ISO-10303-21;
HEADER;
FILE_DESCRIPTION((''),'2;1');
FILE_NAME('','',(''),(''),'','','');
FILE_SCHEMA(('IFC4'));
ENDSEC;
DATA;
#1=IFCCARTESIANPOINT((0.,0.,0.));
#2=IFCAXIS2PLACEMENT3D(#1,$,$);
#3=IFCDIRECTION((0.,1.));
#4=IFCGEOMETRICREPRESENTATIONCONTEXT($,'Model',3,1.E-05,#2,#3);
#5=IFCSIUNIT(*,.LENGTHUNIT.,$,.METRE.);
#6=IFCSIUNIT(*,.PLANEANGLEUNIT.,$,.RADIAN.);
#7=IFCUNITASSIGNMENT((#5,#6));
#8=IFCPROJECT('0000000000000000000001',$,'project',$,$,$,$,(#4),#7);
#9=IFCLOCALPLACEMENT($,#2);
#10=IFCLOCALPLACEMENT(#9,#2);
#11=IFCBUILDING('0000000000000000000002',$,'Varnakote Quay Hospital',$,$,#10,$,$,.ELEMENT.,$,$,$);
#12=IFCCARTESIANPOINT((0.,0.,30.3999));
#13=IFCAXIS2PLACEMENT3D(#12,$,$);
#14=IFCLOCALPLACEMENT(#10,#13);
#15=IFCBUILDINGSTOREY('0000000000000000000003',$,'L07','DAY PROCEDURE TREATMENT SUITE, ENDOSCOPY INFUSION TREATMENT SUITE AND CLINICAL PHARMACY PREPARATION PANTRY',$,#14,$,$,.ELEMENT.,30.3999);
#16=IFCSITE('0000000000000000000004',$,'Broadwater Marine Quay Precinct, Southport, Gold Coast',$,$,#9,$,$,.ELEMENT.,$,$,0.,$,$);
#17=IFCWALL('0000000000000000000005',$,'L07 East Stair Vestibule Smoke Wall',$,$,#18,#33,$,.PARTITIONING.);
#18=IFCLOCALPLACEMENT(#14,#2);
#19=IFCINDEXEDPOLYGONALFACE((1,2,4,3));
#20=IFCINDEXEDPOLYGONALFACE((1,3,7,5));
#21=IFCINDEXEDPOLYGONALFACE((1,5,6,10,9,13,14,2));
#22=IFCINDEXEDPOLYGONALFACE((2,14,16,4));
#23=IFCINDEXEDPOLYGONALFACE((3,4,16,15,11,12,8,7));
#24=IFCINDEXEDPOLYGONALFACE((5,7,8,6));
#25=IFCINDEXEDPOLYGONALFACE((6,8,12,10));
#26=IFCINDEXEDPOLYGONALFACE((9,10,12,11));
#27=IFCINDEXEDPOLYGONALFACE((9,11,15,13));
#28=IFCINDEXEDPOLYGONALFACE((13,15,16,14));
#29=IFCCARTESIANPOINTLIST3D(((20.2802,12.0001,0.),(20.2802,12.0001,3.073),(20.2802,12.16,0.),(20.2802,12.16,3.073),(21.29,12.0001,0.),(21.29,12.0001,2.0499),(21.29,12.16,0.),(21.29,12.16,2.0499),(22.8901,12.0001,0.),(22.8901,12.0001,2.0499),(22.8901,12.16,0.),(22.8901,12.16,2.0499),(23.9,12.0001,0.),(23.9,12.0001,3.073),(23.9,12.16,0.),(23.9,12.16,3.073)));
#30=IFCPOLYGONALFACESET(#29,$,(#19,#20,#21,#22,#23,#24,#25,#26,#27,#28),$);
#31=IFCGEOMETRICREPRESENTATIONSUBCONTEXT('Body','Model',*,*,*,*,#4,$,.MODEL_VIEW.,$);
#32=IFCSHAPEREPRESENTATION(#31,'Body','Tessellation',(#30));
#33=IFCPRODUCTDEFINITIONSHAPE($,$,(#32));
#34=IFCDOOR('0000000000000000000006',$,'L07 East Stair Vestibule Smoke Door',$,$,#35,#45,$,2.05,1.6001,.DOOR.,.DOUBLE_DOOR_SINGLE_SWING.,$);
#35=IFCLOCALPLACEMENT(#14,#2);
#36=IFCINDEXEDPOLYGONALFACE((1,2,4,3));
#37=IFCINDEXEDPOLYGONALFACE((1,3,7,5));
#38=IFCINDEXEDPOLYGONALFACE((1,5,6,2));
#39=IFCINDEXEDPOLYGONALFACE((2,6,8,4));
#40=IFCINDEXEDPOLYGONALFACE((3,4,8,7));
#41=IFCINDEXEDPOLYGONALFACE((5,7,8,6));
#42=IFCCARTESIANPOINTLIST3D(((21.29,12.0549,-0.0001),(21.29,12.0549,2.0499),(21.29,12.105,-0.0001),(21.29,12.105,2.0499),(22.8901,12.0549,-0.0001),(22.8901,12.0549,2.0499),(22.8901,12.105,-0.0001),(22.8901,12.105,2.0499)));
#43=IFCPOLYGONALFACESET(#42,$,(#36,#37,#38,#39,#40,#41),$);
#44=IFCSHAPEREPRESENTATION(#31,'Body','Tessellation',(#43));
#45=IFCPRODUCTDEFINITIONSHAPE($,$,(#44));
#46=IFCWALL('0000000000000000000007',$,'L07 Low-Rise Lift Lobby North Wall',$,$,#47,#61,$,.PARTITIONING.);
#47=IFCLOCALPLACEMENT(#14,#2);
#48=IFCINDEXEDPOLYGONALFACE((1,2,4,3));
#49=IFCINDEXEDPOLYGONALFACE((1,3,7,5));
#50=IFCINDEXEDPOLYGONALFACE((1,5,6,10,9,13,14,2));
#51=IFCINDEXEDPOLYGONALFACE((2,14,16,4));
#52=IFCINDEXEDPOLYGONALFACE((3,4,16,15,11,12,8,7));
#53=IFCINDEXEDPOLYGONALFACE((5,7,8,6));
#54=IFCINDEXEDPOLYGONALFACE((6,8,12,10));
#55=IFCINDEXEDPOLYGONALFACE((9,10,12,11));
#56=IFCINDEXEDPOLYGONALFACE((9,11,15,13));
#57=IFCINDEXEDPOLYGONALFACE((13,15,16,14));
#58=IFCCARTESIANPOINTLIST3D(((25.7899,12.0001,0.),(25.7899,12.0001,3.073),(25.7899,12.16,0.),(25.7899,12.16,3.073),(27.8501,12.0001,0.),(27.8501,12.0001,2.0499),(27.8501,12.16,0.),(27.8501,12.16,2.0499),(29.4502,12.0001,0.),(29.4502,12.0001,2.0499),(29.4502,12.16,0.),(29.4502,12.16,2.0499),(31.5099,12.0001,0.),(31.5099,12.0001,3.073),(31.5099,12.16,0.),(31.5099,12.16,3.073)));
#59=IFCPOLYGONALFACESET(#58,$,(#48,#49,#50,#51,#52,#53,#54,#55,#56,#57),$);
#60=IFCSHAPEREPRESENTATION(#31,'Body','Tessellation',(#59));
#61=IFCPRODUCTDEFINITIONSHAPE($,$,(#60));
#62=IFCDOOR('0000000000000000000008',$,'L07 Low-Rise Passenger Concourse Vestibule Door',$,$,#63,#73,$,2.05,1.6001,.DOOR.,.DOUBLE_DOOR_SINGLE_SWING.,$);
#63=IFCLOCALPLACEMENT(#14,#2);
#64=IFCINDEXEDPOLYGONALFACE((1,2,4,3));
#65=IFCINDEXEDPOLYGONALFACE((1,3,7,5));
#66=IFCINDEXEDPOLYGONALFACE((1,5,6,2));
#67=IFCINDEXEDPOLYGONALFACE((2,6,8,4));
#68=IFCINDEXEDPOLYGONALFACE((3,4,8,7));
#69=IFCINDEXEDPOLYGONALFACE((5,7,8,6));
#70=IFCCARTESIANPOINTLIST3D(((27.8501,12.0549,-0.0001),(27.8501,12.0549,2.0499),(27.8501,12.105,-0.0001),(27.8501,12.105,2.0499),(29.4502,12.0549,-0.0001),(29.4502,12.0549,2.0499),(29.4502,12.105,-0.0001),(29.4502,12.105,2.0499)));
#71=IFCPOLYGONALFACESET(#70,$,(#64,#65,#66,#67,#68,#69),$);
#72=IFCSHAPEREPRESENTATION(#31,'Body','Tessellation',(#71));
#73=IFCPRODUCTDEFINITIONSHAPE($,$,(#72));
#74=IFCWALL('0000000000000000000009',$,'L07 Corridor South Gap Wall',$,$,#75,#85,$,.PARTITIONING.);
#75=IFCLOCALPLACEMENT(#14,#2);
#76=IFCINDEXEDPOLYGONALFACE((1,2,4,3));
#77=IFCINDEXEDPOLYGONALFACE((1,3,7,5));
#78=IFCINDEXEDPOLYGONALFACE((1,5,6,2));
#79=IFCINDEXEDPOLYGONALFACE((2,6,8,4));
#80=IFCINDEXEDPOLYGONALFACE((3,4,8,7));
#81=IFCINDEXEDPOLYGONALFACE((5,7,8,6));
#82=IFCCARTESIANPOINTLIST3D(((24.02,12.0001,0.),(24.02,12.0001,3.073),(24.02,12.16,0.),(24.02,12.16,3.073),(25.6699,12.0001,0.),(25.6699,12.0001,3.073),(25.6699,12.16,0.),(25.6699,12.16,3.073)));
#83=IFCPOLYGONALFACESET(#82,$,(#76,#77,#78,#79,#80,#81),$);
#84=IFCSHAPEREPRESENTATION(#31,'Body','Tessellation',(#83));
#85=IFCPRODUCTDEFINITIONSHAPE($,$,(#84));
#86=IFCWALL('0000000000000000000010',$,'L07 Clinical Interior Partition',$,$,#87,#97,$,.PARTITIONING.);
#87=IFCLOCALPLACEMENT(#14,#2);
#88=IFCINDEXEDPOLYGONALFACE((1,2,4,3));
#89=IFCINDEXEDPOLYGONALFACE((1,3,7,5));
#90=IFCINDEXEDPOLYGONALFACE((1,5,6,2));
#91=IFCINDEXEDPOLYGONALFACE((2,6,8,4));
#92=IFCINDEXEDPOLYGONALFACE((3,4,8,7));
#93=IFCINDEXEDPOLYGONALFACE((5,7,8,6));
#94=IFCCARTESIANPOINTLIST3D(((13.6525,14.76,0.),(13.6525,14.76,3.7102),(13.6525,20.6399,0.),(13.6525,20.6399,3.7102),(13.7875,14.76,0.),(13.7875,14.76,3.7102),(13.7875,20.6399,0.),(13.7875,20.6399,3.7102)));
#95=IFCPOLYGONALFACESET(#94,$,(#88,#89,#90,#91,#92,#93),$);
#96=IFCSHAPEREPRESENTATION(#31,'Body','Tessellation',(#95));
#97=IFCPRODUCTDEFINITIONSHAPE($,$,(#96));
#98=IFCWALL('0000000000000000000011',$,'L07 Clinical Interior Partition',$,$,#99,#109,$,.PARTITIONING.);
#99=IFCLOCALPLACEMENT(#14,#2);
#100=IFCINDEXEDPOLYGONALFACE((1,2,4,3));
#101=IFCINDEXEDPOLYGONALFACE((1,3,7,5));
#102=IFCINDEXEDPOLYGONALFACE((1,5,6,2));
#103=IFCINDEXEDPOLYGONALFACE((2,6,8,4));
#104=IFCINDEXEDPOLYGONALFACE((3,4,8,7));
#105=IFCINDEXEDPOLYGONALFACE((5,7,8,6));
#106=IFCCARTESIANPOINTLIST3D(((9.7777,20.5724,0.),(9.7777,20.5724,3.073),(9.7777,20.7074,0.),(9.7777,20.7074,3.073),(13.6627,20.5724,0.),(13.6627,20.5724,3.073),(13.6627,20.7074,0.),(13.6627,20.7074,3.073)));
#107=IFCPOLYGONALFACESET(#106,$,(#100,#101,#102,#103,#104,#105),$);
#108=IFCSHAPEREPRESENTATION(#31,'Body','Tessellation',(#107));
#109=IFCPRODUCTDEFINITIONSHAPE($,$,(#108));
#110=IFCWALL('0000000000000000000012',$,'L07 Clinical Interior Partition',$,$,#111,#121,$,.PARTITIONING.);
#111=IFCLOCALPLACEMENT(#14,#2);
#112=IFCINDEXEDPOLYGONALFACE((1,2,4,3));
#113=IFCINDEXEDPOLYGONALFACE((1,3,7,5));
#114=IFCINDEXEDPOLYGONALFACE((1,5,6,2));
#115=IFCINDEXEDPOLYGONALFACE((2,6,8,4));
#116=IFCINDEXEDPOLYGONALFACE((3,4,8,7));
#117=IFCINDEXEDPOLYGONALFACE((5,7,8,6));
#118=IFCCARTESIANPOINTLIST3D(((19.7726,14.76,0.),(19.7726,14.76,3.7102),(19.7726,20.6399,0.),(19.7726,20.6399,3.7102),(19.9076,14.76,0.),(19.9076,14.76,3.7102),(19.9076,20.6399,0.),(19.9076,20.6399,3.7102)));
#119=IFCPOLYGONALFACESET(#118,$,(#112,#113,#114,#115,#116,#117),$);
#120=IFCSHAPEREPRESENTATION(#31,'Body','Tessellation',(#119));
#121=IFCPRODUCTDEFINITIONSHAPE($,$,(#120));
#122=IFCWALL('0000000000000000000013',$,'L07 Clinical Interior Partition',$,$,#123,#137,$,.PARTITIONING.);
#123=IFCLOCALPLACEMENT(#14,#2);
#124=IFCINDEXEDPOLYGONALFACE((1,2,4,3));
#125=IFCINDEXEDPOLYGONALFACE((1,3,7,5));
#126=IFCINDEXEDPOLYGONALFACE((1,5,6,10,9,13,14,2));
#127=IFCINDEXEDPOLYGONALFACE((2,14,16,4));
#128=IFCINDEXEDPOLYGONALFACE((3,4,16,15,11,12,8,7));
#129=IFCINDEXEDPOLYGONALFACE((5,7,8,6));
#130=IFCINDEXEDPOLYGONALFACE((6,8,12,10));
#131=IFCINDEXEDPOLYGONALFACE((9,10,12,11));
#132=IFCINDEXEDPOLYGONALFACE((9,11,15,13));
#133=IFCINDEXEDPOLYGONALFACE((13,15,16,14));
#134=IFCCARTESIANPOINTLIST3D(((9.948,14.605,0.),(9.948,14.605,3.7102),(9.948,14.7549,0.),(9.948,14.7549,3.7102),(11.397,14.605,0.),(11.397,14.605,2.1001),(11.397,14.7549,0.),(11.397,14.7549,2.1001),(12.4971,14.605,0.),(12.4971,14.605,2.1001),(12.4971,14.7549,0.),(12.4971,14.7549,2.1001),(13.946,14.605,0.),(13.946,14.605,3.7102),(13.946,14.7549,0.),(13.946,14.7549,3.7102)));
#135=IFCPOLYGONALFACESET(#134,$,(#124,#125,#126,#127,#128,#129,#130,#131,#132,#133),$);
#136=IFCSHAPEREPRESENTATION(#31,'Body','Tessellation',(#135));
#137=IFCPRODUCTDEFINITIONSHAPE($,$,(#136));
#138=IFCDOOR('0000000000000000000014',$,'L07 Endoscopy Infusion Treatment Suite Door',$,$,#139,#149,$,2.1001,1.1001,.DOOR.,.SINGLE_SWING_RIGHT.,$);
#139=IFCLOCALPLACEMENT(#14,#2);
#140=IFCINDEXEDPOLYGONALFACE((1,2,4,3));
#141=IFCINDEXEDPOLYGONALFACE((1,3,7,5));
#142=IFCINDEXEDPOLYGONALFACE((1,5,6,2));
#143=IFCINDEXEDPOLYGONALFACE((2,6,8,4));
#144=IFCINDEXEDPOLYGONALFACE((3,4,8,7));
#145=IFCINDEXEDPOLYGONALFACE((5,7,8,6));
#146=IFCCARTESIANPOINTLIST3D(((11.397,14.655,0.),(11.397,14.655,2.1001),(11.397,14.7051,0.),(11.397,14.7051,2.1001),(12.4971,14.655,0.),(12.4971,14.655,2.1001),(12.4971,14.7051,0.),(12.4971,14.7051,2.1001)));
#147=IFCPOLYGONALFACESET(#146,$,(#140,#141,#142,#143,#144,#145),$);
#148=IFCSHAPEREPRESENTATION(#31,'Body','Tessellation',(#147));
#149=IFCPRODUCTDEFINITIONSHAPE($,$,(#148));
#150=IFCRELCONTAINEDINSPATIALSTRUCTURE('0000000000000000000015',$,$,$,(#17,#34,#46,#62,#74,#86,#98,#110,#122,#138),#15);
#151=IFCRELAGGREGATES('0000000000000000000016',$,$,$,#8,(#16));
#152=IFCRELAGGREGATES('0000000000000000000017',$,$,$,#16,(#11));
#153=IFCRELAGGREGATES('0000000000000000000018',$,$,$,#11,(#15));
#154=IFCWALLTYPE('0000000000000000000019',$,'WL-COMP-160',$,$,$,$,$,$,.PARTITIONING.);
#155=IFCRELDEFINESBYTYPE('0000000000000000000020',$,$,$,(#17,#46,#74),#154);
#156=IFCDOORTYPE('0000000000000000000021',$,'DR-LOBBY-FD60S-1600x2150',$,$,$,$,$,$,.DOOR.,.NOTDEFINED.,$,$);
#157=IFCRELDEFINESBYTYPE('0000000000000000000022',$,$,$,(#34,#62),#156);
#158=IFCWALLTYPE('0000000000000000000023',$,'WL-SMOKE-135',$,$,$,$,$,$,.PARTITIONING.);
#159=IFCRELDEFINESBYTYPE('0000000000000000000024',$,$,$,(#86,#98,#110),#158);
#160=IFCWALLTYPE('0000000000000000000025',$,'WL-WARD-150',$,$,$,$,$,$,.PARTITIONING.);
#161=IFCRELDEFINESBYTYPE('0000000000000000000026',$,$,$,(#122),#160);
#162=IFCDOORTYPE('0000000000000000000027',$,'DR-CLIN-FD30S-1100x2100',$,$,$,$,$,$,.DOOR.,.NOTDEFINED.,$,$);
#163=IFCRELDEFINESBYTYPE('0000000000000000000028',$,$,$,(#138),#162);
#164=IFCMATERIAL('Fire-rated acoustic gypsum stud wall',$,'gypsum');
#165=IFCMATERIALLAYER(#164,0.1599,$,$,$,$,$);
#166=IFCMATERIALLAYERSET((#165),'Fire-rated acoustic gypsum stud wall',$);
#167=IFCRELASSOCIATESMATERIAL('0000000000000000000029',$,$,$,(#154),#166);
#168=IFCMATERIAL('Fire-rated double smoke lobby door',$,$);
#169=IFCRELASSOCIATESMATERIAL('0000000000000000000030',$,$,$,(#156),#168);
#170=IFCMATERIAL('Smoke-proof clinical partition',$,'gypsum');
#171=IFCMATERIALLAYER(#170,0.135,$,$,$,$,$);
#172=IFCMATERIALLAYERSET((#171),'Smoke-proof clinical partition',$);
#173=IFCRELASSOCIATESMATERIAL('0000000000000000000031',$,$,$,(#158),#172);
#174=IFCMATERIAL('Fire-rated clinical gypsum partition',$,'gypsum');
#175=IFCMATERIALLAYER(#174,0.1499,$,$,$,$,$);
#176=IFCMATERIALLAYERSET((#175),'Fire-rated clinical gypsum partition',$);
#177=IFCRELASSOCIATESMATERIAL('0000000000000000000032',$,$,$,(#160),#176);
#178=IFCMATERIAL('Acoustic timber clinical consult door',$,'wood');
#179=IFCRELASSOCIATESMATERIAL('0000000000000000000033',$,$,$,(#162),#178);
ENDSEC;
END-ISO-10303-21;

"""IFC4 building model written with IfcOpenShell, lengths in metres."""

from ifc_helpers import new_model, si_unit, direction, frame, frame_2d, origin, place, context, subcontext, project, spatial, rectangle, extrude, material, layer, layer_set, type_object, element, fill, save


model = new_model("IFC4")

# Units and contexts
model_context = context("Model", 3, precision=1e-05, world=origin(), true_north=direction((0.0, 1.0)))
body_context = subcontext(model_context, "Body", "Model", "MODEL_VIEW")
ifc_project = project(units=[si_unit("LENGTHUNIT", "METRE"), si_unit("PLANEANGLEUNIT", "RADIAN")], contexts=[model_context])

# Site, building, storey
site_placement = place(None, origin())
site = spatial("IfcSite", under=ifc_project, at=site_placement, Name="Broadwater Marine Quay Precinct, Southport, Gold Coast", CompositionType="ELEMENT", RefElevation=0.0)
building_placement = place(site_placement, origin())
building = spatial("IfcBuilding", under=site, at=building_placement, Name="Varnakote Quay Hospital", CompositionType="ELEMENT")
storey_placement = place(building_placement, frame((0.0, 0.0, 30.3999)))
storey = spatial("IfcBuildingStorey", under=building, at=storey_placement, Name="L07", Description="DAY PROCEDURE TREATMENT SUITE, ENDOSCOPY INFUSION TREATMENT SUITE AND CLINICAL PHARMACY PREPARATION PANTRY", CompositionType="ELEMENT", Elevation=30.3999)

# Walls, openings, doors
ifc_material_1 = material(Name="Fire-rated acoustic gypsum stud wall", Category="gypsum")
ifc_layer_1 = layer(ifc_material_1, 0.1599)
ifc_layer_set_1 = layer_set([ifc_layer_1], Name="Fire-rated acoustic gypsum stud wall")
wall_type_1 = type_object("IfcWallType", Name="WL-COMP-160", PredefinedType="PARTITIONING", material=ifc_layer_set_1)
wall_1_placement = place(storey_placement, frame((20.28, 12.0801, 0.0), z_axis=(0.0, 0.0, 1.0), x_axis=(1.0, 0.0, 0.0)))
wall_1 = element("IfcWall", 1, at=wall_1_placement, inside=storey, type_object=wall_type_1, Name="L07 East Stair Vestibule Smoke Wall", PredefinedType="PARTITIONING", context=body_context, shape_type="SweptSolid", body=[
    extrude(rectangle(XDim=3.6199, YDim=0.1599, at=frame_2d((1.8101, 0.0))), origin(), (0.0, 0.0, 1.0), 3.073),
])
opening_1_placement = place(wall_1_placement, frame((1.01, 0.0, 0.0)))
opening_1 = element("IfcOpeningElement", 2, at=opening_1_placement, cuts=wall_1, PredefinedType="OPENING", context=body_context, shape_type="SweptSolid", body=[
    extrude(rectangle(XDim=1.6001, YDim=2.05, at=frame_2d((0.8, 1.0249))), frame((0.0, 0.0898, 0.0), z_axis=(0.0, -1.0, 0.0), x_axis=(1.0, 0.0, 0.0)), (0.0, 0.0, 1.0), 0.1799),
])
ifc_material_2 = material(Name="Fire-rated double smoke lobby door")
door_type_1 = type_object("IfcDoorType", Name="DR-LOBBY-FD60S-1600x2150", OperationType="NOTDEFINED", PredefinedType="DOOR", material=ifc_material_2)
door_1_placement = place(opening_1_placement, origin())
door_1 = element("IfcDoor", 3, at=door_1_placement, inside=storey, type_object=door_type_1, Name="L07 East Stair Vestibule Smoke Door", OperationType="DOUBLE_DOOR_SINGLE_SWING", OverallHeight=2.05, OverallWidth=1.6001, PredefinedType="DOOR", context=body_context, shape_type="SweptSolid", body=[
    extrude(rectangle(XDim=1.6001, YDim=2.05, at=frame_2d((0.8, 1.0249))), frame((0.0, 0.0249, 0.0), z_axis=(0.0, -1.0, 0.0), x_axis=(1.0, 0.0, 0.0)), (0.0, 0.0, 1.0), 0.05),
])
fill(opening_1, door_1)
wall_2_placement = place(storey_placement, frame((25.79, 12.0801, 0.0), z_axis=(0.0, 0.0, 1.0), x_axis=(1.0, 0.0, 0.0)))
wall_2 = element("IfcWall", 4, at=wall_2_placement, inside=storey, type_object=wall_type_1, Name="L07 Low-Rise Lift Lobby North Wall", PredefinedType="PARTITIONING", context=body_context, shape_type="SweptSolid", body=[
    extrude(rectangle(XDim=5.72, YDim=0.1599, at=frame_2d((2.8599, 0.0))), origin(), (0.0, 0.0, 1.0), 3.073),
])
opening_2_placement = place(wall_2_placement, frame((2.0601, 0.0, 0.0)))
opening_2 = element("IfcOpeningElement", 5, at=opening_2_placement, cuts=wall_2, PredefinedType="OPENING", context=body_context, shape_type="SweptSolid", body=[
    extrude(rectangle(XDim=1.6001, YDim=2.05, at=frame_2d((0.8, 1.0249))), frame((0.0, 0.0898, 0.0), z_axis=(0.0, -1.0, 0.0), x_axis=(1.0, 0.0, 0.0)), (0.0, 0.0, 1.0), 0.1799),
])
door_2_placement = place(opening_2_placement, origin())
door_2 = element("IfcDoor", 6, at=door_2_placement, inside=storey, type_object=door_type_1, Name="L07 Low-Rise Passenger Concourse Vestibule Door", OperationType="DOUBLE_DOOR_SINGLE_SWING", OverallHeight=2.05, OverallWidth=1.6001, PredefinedType="DOOR", context=body_context, shape_type="SweptSolid", body=[
    extrude(rectangle(XDim=1.6001, YDim=2.05, at=frame_2d((0.8, 1.0249))), frame((0.0, 0.0249, 0.0), z_axis=(0.0, -1.0, 0.0), x_axis=(1.0, 0.0, 0.0)), (0.0, 0.0, 1.0), 0.05),
])
fill(opening_2, door_2)

# Walls
wall_3_placement = place(storey_placement, frame((24.02, 12.0801, 0.0), z_axis=(0.0, 0.0, 1.0), x_axis=(1.0, 0.0, 0.0)))
element("IfcWall", 7, at=wall_3_placement, inside=storey, type_object=wall_type_1, Name="L07 Corridor South Gap Wall", PredefinedType="PARTITIONING", context=body_context, shape_type="SweptSolid", body=[
    extrude(rectangle(XDim=1.6499, YDim=0.1599, at=frame_2d((0.825, 0.0))), origin(), (0.0, 0.0, 1.0), 3.073),
])
ifc_material_3 = material(Name="Smoke-proof clinical partition", Category="gypsum")
ifc_layer_2 = layer(ifc_material_3, 0.135)
ifc_layer_set_2 = layer_set([ifc_layer_2], Name="Smoke-proof clinical partition")
wall_type_2 = type_object("IfcWallType", Name="WL-SMOKE-135", PredefinedType="PARTITIONING", material=ifc_layer_set_2)
wall_4_placement = place(storey_placement, frame((13.72, 14.76, 0.0), z_axis=(0.0, 0.0, 1.0), x_axis=(0.0, 1.0, 0.0)))
element("IfcWall", 8, at=wall_4_placement, inside=storey, type_object=wall_type_2, Name="L07 Clinical Interior Partition", PredefinedType="PARTITIONING", context=body_context, shape_type="SweptSolid", body=[
    extrude(rectangle(XDim=5.8799, YDim=0.135, at=frame_2d((2.9399, 0.0))), origin(), (0.0, 0.0, 1.0), 3.7102),
])
wall_5_placement = place(storey_placement, frame((13.6626, 20.6399, 0.0), z_axis=(0.0, 0.0, 1.0), x_axis=(-1.0, 0.0, 0.0)))
element("IfcWall", 9, at=wall_5_placement, inside=storey, type_object=wall_type_2, Name="L07 Clinical Interior Partition", PredefinedType="PARTITIONING", context=body_context, shape_type="SweptSolid", body=[
    extrude(rectangle(XDim=3.885, YDim=0.135, at=frame_2d((1.9424, 0.0))), origin(), (0.0, 0.0, 1.0), 3.073),
])
wall_6_placement = place(storey_placement, frame((19.8401, 14.76, 0.0), z_axis=(0.0, 0.0, 1.0), x_axis=(0.0, 1.0, 0.0)))
element("IfcWall", 10, at=wall_6_placement, inside=storey, type_object=wall_type_2, Name="L07 Clinical Interior Partition", PredefinedType="PARTITIONING", context=body_context, shape_type="SweptSolid", body=[
    extrude(rectangle(XDim=5.8799, YDim=0.135, at=frame_2d((2.9399, 0.0))), origin(), (0.0, 0.0, 1.0), 3.7102),
])

# Wall, opening, door
ifc_material_4 = material(Name="Fire-rated clinical gypsum partition", Category="gypsum")
ifc_layer_3 = layer(ifc_material_4, 0.1499)
ifc_layer_set_3 = layer_set([ifc_layer_3], Name="Fire-rated clinical gypsum partition")
wall_type_3 = type_object("IfcWallType", Name="WL-WARD-150", PredefinedType="PARTITIONING", material=ifc_layer_set_3)
wall_7_placement = place(storey_placement, frame((13.946, 14.6799, 0.0), z_axis=(0.0, 0.0, 1.0), x_axis=(-1.0, 0.0, 0.0)))
wall_7 = element("IfcWall", 11, at=wall_7_placement, inside=storey, type_object=wall_type_3, Name="L07 Clinical Interior Partition", PredefinedType="PARTITIONING", context=body_context, shape_type="SweptSolid", body=[
    extrude(rectangle(XDim=3.998, YDim=0.1499, at=frame_2d((1.999, 0.0))), origin(), (0.0, 0.0, 1.0), 3.7102),
])
opening_3_placement = place(wall_7_placement, frame((1.449, 0.0, 0.0)))
opening_3 = element("IfcOpeningElement", 12, at=opening_3_placement, cuts=wall_7, PredefinedType="OPENING", context=body_context, shape_type="SweptSolid", body=[
    extrude(rectangle(XDim=1.1001, YDim=2.1001, at=frame_2d((0.55, 1.05))), frame((0.0, 0.085, 0.0), z_axis=(0.0, -1.0, 0.0), x_axis=(1.0, 0.0, 0.0)), (0.0, 0.0, 1.0), 0.1699),
])
ifc_material_5 = material(Name="Acoustic timber clinical consult door", Category="wood")
door_type_2 = type_object("IfcDoorType", Name="DR-CLIN-FD30S-1100x2100", OperationType="NOTDEFINED", PredefinedType="DOOR", material=ifc_material_5)
door_3_placement = place(opening_3_placement, origin())
door_3 = element("IfcDoor", 13, at=door_3_placement, inside=storey, type_object=door_type_2, Name="L07 Endoscopy Infusion Treatment Suite Door", OperationType="SINGLE_SWING_RIGHT", OverallHeight=2.1001, OverallWidth=1.1001, PredefinedType="DOOR", context=body_context, shape_type="SweptSolid", body=[
    extrude(rectangle(XDim=1.1001, YDim=2.1001, at=frame_2d((0.55, 1.05))), frame((0.0, 0.0249, 0.0), z_axis=(0.0, -1.0, 0.0), x_axis=(1.0, 0.0, 0.0)), (0.0, 0.0, 1.0), 0.05),
])
fill(opening_3, door_3)

save(model, "model.ifc")
